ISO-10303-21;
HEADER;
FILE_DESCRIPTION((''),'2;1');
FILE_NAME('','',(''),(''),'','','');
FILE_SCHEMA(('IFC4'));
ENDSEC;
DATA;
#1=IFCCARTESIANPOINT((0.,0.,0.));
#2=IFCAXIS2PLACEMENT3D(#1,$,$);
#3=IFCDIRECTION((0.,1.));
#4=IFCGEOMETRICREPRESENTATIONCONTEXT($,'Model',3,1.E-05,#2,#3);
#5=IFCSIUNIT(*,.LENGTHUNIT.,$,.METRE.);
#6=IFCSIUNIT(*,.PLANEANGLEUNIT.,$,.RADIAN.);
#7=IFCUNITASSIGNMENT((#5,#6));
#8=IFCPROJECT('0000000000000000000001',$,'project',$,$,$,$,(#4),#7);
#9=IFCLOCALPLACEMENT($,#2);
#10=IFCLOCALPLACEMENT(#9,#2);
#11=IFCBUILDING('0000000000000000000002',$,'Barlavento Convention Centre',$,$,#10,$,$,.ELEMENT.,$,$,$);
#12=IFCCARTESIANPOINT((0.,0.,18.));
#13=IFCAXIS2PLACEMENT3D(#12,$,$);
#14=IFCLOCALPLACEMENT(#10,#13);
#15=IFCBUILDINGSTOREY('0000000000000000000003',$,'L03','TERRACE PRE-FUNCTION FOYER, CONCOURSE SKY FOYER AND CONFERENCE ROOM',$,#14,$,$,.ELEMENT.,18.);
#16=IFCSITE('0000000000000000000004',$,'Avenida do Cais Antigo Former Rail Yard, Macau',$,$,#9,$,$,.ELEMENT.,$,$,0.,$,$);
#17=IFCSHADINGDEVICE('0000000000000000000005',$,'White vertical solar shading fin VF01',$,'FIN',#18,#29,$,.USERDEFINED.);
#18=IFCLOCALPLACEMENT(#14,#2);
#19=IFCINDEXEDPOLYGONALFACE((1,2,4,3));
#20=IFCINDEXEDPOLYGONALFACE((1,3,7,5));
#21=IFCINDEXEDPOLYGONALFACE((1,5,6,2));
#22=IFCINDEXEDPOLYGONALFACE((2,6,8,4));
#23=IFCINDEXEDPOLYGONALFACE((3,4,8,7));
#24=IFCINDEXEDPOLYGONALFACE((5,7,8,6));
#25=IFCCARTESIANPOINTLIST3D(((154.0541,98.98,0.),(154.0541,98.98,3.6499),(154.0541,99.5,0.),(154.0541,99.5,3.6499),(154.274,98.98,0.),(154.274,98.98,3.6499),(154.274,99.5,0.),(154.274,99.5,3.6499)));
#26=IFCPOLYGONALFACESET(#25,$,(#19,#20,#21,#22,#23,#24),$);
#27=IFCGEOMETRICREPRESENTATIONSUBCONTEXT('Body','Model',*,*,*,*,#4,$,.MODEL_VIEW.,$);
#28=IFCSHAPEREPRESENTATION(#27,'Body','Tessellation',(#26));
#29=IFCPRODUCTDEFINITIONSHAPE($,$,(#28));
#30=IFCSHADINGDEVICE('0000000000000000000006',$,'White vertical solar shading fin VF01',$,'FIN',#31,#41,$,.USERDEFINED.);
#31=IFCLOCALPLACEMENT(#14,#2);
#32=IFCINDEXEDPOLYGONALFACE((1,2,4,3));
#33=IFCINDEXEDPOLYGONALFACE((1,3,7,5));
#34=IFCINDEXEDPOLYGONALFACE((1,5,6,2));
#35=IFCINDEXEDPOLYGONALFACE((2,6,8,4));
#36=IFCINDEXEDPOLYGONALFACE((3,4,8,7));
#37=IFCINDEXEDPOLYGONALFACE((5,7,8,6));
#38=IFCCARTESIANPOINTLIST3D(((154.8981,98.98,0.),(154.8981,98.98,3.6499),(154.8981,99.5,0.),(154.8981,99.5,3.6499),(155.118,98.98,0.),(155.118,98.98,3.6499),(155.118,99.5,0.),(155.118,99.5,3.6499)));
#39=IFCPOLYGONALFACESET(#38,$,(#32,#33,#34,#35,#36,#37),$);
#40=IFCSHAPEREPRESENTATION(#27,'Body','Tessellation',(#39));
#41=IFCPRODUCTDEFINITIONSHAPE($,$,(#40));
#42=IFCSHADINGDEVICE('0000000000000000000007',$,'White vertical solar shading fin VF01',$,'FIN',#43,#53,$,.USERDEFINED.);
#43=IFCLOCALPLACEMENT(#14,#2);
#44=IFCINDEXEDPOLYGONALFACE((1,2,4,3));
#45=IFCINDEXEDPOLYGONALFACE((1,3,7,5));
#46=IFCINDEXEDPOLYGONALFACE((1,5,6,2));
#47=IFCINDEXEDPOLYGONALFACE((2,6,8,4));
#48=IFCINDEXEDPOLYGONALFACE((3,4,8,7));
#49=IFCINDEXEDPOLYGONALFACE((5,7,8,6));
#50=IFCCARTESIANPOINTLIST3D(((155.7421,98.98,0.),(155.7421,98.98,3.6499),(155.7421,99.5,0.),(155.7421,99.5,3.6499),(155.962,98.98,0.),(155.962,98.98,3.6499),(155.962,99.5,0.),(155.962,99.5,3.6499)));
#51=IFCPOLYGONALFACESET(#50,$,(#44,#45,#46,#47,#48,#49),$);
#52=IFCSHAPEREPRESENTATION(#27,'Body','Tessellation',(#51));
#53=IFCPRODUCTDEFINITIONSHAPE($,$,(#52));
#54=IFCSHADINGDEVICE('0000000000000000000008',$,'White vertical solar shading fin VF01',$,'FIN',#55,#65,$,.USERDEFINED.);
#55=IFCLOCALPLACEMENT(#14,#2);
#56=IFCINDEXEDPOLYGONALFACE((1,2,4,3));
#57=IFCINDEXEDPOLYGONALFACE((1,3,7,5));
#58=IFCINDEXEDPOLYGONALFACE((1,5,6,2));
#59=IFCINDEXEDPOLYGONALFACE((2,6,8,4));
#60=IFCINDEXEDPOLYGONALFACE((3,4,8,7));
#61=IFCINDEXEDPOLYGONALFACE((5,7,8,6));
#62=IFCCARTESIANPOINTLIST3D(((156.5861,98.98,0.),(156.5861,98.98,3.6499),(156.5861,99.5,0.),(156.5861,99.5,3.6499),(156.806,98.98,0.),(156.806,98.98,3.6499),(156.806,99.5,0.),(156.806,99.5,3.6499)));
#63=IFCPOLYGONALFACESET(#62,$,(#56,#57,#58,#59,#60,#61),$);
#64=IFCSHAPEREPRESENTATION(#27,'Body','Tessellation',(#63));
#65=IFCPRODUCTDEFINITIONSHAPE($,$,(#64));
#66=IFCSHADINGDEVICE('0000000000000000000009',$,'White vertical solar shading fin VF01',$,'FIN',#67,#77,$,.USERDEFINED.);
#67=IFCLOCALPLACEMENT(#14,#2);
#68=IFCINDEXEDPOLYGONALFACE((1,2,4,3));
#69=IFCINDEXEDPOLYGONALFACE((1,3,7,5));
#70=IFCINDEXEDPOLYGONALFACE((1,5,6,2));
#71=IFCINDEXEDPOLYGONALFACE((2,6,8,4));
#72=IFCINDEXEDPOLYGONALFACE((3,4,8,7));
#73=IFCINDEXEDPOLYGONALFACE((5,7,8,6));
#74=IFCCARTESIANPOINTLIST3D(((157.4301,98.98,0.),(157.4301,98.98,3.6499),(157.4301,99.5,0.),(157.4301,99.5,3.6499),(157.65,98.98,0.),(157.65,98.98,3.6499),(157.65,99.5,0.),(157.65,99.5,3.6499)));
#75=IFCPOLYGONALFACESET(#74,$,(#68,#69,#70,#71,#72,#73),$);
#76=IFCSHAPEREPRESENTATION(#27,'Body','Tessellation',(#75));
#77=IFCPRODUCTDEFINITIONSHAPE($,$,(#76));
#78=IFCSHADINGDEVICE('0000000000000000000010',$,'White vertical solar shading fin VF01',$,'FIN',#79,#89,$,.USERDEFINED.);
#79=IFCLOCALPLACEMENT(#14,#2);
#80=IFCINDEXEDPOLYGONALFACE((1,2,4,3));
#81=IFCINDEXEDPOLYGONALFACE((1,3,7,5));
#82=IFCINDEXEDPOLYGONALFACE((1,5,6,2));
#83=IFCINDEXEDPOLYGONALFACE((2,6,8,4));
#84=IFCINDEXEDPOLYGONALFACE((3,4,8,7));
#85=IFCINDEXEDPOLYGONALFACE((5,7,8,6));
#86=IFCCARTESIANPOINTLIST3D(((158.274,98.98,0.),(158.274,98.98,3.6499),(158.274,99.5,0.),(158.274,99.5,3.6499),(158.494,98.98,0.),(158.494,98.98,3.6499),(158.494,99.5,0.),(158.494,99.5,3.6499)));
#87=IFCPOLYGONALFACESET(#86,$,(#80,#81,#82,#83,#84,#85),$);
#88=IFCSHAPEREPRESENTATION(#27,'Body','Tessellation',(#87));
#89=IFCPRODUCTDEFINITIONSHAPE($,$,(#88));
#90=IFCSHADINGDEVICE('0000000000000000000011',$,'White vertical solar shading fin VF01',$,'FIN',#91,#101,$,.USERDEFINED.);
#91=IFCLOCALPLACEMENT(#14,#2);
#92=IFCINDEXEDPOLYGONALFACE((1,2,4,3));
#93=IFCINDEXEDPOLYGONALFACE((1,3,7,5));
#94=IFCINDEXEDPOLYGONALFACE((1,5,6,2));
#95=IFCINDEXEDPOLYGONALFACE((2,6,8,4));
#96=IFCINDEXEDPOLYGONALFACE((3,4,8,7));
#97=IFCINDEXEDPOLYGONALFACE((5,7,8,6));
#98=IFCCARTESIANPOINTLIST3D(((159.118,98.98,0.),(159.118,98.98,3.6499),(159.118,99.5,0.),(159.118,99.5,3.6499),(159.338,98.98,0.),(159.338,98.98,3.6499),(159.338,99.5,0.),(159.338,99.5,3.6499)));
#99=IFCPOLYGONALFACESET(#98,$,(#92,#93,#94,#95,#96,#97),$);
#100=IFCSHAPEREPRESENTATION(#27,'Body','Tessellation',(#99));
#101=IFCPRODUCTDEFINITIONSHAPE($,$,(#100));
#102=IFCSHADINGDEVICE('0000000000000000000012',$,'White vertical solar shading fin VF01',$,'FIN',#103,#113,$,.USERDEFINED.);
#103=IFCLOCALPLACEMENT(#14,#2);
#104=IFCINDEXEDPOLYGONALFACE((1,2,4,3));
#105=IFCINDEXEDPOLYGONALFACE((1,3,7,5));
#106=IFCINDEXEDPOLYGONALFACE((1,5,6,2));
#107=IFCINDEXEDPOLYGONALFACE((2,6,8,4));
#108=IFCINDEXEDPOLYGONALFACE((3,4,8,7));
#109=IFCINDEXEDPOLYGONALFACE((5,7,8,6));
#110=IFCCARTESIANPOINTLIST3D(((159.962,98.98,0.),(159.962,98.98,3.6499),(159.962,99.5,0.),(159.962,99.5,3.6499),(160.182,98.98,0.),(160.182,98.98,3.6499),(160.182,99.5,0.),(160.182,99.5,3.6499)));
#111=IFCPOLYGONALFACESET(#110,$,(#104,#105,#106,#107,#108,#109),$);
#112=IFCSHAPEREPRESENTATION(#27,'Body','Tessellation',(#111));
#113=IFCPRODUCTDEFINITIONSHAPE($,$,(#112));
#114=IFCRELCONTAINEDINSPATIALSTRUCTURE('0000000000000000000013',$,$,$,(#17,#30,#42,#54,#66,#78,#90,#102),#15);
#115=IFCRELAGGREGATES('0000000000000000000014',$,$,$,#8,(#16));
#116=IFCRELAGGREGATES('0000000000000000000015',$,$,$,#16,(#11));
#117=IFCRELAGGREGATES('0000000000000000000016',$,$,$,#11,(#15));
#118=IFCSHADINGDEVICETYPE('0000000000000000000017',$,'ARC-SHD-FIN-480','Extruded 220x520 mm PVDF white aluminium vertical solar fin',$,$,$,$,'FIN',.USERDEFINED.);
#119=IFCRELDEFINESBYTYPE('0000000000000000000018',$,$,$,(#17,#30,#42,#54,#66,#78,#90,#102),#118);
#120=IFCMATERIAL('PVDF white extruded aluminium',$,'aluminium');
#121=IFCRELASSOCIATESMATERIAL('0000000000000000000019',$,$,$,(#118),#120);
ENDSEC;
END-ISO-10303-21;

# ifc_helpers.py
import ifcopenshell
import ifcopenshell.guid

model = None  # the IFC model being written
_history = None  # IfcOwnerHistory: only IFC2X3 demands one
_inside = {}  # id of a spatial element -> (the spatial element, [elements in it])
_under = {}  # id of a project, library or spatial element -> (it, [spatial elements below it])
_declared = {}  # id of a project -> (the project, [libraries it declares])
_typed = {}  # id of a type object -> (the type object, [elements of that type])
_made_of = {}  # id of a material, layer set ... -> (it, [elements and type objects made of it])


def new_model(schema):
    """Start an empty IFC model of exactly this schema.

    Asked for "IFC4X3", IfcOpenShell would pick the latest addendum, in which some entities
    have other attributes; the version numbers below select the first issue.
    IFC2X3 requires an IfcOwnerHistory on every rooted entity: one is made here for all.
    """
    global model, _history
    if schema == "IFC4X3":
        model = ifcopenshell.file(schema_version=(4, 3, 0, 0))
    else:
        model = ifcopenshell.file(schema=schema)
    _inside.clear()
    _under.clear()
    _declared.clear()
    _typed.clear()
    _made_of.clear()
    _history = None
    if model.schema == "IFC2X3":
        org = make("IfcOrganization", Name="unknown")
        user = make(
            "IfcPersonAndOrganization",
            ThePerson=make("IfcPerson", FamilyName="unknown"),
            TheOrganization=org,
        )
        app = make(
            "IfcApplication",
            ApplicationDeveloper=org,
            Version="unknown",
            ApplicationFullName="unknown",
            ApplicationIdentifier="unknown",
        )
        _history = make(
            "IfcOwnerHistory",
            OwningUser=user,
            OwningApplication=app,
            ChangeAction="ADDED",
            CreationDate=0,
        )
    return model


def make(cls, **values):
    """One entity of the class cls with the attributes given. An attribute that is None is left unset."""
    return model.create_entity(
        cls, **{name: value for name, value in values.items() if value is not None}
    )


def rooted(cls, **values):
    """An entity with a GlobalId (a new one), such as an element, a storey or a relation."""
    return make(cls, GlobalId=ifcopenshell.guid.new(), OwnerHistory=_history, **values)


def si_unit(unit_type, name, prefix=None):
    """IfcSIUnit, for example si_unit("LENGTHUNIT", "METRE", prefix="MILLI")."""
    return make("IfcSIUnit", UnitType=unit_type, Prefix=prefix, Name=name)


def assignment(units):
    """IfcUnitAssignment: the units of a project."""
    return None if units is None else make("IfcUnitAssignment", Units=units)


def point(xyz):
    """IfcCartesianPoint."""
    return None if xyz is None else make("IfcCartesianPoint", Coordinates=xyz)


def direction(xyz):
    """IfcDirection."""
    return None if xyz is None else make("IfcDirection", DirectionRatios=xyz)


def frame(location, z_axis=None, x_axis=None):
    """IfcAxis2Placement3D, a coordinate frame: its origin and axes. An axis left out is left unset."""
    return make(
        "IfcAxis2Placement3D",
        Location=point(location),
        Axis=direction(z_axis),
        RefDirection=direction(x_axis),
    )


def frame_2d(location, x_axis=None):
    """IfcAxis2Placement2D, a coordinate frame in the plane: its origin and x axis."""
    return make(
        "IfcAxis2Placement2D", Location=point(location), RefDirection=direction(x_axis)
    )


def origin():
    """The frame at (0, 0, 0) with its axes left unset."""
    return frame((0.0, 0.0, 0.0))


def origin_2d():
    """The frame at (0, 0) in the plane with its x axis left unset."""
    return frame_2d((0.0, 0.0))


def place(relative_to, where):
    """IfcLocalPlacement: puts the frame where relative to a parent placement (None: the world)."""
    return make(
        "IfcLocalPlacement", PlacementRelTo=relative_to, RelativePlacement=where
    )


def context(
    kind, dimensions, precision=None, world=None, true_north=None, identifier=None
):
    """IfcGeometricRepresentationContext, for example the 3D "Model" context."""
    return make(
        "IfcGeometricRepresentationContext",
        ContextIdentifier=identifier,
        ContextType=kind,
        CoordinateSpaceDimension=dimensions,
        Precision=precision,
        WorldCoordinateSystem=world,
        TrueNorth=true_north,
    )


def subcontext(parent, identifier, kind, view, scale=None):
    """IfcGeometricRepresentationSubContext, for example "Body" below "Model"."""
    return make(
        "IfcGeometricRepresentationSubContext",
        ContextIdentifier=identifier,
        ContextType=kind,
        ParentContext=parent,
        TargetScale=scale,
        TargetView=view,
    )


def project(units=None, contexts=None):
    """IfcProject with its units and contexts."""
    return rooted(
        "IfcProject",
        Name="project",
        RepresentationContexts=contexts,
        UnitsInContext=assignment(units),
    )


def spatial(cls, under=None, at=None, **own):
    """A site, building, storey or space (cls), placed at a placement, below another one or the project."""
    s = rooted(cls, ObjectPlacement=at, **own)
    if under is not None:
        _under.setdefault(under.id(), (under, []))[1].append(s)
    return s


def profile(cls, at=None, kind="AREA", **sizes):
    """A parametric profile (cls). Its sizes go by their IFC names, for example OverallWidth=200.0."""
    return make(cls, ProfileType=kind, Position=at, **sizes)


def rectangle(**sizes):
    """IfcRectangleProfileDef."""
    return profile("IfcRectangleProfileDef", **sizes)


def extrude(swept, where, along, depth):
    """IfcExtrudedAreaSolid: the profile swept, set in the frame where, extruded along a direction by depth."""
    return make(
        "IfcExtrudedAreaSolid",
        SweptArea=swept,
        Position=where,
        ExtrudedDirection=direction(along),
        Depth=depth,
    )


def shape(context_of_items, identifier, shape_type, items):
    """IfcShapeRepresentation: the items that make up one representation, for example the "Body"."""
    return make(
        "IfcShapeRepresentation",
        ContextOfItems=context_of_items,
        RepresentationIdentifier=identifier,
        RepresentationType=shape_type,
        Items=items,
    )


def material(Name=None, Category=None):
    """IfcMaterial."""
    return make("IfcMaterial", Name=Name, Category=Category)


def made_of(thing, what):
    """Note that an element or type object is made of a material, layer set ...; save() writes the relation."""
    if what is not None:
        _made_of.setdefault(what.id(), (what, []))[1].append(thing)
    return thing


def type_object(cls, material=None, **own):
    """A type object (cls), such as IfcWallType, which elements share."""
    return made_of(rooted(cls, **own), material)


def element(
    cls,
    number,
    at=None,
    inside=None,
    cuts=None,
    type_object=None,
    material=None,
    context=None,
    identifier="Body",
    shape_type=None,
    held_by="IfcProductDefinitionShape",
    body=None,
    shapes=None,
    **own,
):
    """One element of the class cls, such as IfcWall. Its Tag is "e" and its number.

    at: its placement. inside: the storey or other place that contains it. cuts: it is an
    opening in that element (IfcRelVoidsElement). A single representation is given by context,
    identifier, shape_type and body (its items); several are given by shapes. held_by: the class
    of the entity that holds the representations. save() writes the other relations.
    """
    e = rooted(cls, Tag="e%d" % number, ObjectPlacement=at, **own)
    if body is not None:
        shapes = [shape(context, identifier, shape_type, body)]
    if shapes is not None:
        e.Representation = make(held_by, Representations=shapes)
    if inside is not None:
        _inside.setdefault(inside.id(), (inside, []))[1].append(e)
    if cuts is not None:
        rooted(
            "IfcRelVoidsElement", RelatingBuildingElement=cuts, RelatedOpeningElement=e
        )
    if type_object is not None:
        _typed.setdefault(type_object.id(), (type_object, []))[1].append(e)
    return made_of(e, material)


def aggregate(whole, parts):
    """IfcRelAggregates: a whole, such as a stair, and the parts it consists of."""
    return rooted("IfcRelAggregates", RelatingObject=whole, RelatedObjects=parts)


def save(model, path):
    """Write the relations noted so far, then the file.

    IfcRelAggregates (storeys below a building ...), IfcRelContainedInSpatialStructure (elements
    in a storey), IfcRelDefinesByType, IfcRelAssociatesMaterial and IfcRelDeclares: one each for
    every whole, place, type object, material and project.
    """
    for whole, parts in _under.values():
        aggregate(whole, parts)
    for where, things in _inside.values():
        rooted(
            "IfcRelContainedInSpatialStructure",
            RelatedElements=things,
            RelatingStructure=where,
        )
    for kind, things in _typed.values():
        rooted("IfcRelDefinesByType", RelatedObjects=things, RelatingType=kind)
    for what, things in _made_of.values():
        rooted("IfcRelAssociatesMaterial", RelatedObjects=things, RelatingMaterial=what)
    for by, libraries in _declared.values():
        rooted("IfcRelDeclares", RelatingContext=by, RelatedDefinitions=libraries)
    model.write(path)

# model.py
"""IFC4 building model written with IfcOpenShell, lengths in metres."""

from ifc_helpers import new_model, si_unit, direction, frame, origin, origin_2d, place, context, subcontext, project, spatial, rectangle, extrude, material, type_object, element, save


model = new_model("IFC4")

# Units and contexts
model_context = context("Model", 3, precision=1e-05, world=origin(), true_north=direction((0.0, 1.0)))
body_context = subcontext(model_context, "Body", "Model", "MODEL_VIEW")
ifc_project = project(units=[si_unit("LENGTHUNIT", "METRE"), si_unit("PLANEANGLEUNIT", "RADIAN")], contexts=[model_context])

# Site, building, storey
site_placement = place(None, origin())
site = spatial("IfcSite", under=ifc_project, at=site_placement, Name="Avenida do Cais Antigo Former Rail Yard, Macau", CompositionType="ELEMENT", RefElevation=0.0)
building_placement = place(site_placement, origin())
building = spatial("IfcBuilding", under=site, at=building_placement, Name="Barlavento Convention Centre", CompositionType="ELEMENT")
storey_placement = place(building_placement, frame((0.0, 0.0, 18.0)))
storey = spatial("IfcBuildingStorey", under=building, at=storey_placement, Name="L03", Description="TERRACE PRE-FUNCTION FOYER, CONCOURSE SKY FOYER AND CONFERENCE ROOM", CompositionType="ELEMENT", Elevation=18.0)

# Shading devices
ifc_material_1 = material(Name="PVDF white extruded aluminium", Category="aluminium")
shading_device_type = type_object("IfcShadingDeviceType", Name="ARC-SHD-FIN-480", Description="Extruded 220x520 mm PVDF white aluminium vertical solar fin", ElementType="FIN", PredefinedType="USERDEFINED", material=ifc_material_1)
for number, where, z_axis, x_axis, name in (
    (1, (154.1641, 99.24, 0.0), (0.0, 0.0, 1.0), (1.0, 0.0, 0.0), "White vertical solar shading fin VF01"),
    (2, (155.0081, 99.24, 0.0), (0.0, 0.0, 1.0), (1.0, 0.0, 0.0), "White vertical solar shading fin VF01"),
    (3, (155.8521, 99.24, 0.0), (0.0, 0.0, 1.0), (1.0, 0.0, 0.0), "White vertical solar shading fin VF01"),
    (4, (156.696, 99.24, 0.0), (0.0, 0.0, 1.0), (1.0, 0.0, 0.0), "White vertical solar shading fin VF01"),
    (5, (157.54, 99.24, 0.0), (0.0, 0.0, 1.0), (1.0, 0.0, 0.0), "White vertical solar shading fin VF01"),
    (6, (158.384, 99.24, 0.0), (0.0, 0.0, 1.0), (1.0, 0.0, 0.0), "White vertical solar shading fin VF01"),
    (7, (159.228, 99.24, 0.0), (0.0, 0.0, 1.0), (1.0, 0.0, 0.0), "White vertical solar shading fin VF01"),
    (8, (160.072, 99.24, 0.0), (0.0, 0.0, 1.0), (1.0, 0.0, 0.0), "White vertical solar shading fin VF01"),
):
    element("IfcShadingDevice", number, at=place(storey_placement, frame(where, z_axis=z_axis, x_axis=x_axis)), inside=storey, type_object=shading_device_type, Name=name, ObjectType="FIN", PredefinedType="USERDEFINED", context=body_context, shape_type="SweptSolid", body=[
        extrude(rectangle(XDim=0.22, YDim=0.52, at=origin_2d()), origin(), (0.0, 0.0, 1.0), 3.6499),
    ])

save(model, "model.ifc")
